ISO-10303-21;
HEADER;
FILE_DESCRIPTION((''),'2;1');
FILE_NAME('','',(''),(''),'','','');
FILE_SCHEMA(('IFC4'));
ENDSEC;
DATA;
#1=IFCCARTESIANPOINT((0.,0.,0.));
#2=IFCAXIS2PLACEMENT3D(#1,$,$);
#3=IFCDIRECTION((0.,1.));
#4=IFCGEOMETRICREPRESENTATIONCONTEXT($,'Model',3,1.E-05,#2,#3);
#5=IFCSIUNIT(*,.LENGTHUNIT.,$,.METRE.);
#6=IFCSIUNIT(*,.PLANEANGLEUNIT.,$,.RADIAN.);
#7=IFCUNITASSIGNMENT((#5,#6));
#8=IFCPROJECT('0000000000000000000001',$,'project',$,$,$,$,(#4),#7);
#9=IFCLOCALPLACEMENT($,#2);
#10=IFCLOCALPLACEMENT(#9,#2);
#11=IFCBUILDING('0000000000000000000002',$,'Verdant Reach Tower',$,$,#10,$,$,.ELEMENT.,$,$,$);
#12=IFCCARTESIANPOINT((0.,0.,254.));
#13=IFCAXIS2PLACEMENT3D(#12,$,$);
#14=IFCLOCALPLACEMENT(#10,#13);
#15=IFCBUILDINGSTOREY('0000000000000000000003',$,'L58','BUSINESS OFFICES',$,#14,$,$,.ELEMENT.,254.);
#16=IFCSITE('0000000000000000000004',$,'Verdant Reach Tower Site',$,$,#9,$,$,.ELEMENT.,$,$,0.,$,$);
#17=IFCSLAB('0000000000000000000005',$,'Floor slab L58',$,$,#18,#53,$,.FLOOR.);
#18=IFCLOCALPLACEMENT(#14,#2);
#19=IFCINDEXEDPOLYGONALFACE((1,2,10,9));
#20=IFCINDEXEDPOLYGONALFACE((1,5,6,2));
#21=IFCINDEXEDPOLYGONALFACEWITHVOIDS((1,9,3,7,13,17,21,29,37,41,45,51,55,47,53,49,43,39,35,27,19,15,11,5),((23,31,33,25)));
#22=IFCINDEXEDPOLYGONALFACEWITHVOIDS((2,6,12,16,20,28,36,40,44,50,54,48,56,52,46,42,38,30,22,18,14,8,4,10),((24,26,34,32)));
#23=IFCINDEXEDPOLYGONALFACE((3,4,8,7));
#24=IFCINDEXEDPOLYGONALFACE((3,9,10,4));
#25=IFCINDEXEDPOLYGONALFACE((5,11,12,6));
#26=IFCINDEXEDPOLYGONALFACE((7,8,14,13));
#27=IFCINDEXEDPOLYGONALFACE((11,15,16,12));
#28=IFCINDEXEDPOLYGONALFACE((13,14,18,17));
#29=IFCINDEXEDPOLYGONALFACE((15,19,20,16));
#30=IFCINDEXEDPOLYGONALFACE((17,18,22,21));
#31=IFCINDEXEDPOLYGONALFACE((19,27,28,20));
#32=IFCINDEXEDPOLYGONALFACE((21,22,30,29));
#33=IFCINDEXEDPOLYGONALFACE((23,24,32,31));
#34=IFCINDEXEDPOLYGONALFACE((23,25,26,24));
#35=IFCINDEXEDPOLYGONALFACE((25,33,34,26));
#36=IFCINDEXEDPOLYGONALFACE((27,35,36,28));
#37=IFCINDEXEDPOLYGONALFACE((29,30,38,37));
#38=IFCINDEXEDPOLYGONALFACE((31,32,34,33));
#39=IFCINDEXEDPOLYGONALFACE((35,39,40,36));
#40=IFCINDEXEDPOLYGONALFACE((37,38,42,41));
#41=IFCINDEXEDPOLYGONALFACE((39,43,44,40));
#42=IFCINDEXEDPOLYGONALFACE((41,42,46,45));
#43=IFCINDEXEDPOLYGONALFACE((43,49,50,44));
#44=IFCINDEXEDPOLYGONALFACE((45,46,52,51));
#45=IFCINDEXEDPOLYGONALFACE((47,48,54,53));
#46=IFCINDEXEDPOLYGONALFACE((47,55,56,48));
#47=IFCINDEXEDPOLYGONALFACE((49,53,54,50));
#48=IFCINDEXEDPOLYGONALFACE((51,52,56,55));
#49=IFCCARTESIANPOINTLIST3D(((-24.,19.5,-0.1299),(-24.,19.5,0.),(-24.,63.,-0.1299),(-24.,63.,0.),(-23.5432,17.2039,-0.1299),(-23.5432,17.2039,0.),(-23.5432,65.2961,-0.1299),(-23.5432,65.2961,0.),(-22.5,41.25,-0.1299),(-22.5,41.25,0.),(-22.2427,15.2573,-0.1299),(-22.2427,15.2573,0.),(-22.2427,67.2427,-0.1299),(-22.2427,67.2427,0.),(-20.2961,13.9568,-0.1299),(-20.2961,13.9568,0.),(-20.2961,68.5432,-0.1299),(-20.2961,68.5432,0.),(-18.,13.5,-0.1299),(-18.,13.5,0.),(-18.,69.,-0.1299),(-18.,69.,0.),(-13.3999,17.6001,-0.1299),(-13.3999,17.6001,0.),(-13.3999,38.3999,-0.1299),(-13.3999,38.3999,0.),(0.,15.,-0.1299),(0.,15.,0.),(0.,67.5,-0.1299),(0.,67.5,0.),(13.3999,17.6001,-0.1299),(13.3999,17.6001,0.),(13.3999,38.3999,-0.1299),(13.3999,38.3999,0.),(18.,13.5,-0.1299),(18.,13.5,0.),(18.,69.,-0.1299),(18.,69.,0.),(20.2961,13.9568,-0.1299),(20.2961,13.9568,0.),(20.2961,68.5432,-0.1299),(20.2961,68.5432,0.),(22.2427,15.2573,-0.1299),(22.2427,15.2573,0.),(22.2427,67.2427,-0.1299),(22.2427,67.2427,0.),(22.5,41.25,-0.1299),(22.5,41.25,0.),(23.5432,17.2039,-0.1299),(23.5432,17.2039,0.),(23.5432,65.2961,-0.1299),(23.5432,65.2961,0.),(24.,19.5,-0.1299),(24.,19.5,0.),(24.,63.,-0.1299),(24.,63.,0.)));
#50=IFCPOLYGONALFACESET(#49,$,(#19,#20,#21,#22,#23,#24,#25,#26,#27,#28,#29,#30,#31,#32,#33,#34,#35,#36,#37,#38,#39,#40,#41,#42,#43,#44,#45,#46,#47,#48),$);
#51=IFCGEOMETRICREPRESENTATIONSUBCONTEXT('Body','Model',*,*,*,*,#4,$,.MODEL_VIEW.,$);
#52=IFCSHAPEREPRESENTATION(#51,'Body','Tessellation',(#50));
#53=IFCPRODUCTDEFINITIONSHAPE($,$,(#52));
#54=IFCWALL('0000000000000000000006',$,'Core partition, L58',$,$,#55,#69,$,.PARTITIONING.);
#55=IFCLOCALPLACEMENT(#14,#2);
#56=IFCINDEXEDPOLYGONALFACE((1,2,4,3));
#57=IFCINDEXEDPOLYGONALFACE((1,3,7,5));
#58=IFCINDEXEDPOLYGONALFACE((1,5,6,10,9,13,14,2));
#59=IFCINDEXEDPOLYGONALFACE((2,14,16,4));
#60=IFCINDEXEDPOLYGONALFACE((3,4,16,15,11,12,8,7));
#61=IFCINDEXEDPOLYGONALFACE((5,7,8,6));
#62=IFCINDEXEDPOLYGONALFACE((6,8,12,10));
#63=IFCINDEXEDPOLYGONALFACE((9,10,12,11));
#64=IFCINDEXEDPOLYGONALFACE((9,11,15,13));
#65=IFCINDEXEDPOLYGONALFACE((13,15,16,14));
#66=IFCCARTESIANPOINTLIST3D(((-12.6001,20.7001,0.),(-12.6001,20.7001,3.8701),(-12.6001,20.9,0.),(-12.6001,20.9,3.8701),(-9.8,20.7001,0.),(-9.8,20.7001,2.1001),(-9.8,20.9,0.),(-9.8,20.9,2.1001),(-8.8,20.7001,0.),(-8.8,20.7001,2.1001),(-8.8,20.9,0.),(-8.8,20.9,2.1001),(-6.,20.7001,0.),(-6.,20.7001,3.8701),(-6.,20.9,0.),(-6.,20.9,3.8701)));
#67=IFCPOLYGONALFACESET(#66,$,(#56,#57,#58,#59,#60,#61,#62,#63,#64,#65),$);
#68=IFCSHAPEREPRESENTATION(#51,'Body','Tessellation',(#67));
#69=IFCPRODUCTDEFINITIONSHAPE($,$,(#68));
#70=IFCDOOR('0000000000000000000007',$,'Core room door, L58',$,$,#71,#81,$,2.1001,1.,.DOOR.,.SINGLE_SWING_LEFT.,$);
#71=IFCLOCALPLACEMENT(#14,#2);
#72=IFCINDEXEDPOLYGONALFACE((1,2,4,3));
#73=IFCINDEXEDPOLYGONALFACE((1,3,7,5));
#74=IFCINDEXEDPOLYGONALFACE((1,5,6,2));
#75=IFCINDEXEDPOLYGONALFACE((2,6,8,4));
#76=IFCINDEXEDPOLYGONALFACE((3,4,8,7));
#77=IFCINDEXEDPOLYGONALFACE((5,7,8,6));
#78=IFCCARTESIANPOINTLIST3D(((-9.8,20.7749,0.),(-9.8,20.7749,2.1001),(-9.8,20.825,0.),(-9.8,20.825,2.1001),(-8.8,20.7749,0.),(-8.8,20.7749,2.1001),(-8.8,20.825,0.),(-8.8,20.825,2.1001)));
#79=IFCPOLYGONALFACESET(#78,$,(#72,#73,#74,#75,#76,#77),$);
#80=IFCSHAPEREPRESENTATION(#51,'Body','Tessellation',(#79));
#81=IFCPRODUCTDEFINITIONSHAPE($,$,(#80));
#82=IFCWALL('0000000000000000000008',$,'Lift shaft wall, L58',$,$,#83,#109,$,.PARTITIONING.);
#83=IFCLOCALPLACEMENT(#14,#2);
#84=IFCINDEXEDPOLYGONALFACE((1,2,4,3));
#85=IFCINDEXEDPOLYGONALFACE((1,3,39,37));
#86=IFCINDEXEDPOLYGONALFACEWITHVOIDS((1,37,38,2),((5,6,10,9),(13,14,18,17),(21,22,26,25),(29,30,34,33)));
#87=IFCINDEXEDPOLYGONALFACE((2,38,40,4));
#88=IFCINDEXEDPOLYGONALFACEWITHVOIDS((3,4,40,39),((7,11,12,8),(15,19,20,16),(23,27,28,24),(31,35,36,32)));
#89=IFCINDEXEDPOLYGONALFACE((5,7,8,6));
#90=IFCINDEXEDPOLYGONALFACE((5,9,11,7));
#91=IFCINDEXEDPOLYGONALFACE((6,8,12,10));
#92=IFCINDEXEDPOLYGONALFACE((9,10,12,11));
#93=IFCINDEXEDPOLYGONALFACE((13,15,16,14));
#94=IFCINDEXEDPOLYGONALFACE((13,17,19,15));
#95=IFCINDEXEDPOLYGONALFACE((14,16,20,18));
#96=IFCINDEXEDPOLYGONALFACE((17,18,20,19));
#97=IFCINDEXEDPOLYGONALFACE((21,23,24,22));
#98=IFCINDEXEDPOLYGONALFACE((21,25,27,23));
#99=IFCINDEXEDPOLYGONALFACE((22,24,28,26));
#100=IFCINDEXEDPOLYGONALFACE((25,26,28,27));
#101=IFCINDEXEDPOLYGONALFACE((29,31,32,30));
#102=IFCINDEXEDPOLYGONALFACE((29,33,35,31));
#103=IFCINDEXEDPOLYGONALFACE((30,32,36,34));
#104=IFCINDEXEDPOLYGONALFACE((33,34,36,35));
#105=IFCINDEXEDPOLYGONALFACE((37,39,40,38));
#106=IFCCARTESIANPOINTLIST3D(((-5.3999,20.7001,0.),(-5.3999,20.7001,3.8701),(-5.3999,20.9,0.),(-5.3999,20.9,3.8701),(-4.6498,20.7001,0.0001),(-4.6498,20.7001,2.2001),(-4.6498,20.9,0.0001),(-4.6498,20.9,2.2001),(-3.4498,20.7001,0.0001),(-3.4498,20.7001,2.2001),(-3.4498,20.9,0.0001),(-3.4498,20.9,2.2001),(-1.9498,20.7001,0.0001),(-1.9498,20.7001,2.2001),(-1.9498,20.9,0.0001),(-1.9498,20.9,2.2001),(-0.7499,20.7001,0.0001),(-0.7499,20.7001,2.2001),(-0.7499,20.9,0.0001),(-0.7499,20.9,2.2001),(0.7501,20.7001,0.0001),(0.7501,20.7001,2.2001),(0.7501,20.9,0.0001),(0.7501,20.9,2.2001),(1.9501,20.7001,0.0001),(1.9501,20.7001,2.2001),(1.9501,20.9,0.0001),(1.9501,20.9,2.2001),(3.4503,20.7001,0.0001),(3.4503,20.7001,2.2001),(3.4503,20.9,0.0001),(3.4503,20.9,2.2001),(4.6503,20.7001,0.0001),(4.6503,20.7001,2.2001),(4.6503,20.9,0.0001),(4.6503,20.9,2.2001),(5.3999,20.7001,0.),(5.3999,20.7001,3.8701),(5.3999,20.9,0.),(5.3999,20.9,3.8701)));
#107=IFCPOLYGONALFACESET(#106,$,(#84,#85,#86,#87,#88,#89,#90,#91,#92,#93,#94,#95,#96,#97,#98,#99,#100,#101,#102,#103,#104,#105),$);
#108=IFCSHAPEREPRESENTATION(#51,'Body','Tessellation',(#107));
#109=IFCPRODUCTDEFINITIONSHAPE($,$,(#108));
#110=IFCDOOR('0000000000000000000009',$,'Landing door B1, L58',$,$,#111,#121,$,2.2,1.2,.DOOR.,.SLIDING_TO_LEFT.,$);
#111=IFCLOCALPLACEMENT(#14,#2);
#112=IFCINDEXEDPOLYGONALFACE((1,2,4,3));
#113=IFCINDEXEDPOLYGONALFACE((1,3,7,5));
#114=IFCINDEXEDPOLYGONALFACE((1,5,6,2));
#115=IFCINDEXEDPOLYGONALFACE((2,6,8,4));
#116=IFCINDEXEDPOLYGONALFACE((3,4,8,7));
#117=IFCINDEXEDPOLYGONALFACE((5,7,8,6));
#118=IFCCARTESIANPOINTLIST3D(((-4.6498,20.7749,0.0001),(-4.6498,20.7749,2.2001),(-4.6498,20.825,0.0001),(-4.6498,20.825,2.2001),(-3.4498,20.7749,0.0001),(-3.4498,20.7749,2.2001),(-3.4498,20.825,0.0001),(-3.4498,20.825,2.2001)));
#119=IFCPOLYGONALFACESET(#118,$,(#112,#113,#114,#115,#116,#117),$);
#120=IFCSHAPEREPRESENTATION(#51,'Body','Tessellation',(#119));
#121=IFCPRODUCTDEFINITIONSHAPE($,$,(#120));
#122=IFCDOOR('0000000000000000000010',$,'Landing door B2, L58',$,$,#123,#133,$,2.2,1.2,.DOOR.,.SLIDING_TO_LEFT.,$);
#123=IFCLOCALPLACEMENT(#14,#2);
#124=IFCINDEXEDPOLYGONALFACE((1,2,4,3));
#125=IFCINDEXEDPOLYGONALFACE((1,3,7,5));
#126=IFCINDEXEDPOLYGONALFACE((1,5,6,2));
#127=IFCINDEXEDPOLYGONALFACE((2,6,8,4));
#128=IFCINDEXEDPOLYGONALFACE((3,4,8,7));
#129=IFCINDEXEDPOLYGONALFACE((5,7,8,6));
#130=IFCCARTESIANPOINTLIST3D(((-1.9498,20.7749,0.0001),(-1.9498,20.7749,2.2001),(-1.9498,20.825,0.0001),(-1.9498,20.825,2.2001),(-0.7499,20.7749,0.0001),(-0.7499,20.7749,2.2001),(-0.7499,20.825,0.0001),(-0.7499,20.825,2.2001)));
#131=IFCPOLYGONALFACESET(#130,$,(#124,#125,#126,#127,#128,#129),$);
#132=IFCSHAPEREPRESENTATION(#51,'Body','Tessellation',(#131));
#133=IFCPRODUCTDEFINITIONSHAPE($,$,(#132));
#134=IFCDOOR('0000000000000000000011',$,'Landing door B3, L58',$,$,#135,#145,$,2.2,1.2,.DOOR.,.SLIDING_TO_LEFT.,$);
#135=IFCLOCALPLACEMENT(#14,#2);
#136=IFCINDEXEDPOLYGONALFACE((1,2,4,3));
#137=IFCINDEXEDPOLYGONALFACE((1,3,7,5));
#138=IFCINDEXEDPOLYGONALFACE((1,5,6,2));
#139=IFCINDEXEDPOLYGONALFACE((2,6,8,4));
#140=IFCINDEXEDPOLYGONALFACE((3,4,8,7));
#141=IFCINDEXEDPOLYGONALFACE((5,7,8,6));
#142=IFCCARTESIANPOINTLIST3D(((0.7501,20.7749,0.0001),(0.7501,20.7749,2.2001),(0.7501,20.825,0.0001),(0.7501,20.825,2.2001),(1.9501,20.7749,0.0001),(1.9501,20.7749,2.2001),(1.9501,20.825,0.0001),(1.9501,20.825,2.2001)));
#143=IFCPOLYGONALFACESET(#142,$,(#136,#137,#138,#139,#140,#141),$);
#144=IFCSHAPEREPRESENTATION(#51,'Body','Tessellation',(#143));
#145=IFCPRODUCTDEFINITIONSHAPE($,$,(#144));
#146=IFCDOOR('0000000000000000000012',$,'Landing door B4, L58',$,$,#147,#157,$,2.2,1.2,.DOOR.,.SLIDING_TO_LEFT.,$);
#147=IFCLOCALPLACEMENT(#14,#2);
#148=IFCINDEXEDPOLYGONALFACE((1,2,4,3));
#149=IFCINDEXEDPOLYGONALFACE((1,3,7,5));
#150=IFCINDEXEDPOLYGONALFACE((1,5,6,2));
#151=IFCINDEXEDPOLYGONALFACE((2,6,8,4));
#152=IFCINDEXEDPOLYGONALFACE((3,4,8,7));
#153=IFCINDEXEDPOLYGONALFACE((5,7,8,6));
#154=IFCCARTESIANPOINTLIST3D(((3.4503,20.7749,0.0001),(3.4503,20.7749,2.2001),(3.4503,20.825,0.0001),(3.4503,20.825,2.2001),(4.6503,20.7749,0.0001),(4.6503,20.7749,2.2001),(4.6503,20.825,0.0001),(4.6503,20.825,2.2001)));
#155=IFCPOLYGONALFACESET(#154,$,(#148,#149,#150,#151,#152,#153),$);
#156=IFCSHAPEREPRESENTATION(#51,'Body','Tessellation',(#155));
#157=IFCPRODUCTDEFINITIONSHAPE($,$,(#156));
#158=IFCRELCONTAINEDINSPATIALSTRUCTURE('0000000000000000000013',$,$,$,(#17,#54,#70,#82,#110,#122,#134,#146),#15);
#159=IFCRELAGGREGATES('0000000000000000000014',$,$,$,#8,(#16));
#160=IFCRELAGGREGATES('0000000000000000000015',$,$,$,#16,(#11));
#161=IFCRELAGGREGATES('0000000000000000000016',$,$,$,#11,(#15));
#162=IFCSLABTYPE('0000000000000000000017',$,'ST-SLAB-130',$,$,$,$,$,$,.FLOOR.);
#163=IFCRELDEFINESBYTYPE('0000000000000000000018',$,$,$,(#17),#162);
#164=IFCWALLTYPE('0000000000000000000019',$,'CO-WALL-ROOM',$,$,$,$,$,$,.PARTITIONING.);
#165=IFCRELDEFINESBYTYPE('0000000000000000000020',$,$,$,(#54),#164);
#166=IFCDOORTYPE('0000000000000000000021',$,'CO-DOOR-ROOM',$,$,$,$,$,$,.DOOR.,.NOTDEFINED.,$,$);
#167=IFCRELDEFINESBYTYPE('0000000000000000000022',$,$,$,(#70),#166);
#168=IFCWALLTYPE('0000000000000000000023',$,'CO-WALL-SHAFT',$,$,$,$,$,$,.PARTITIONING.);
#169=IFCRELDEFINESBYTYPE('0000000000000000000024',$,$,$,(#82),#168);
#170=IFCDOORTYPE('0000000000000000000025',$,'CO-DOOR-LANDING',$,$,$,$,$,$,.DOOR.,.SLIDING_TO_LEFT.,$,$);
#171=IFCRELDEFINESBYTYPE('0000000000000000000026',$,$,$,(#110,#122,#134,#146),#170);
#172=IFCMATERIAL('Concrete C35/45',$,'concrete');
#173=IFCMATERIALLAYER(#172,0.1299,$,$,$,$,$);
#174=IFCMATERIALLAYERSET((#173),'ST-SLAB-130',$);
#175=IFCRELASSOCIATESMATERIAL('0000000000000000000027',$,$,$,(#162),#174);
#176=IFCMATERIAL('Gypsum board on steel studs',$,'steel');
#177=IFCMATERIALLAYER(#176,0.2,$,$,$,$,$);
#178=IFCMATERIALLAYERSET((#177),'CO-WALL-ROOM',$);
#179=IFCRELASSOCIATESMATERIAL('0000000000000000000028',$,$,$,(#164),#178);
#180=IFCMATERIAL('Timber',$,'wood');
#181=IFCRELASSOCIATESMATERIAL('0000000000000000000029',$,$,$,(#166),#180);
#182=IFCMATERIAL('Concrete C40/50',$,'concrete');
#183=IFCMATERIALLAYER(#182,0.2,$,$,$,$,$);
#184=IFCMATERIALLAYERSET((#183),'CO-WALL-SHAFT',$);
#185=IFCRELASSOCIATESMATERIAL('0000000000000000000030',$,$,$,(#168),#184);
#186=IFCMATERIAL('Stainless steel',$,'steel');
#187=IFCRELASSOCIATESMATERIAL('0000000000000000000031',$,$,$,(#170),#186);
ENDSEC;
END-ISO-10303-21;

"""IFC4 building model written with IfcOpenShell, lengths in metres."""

from ifc_helpers import new_model, si_unit, direction, frame, frame_2d, origin, place, context, subcontext, project, spatial, polyline, rectangle, outline, extrude, material, layer, layer_set, type_object, element, fill, save


model = new_model("IFC4")

# Units and contexts
model_context = context("Model", 3, precision=1e-05, world=origin(), true_north=direction((0.0, 1.0)))
body_context = subcontext(model_context, "Body", "Model", "MODEL_VIEW")
ifc_project = project(units=[si_unit("LENGTHUNIT", "METRE"), si_unit("PLANEANGLEUNIT", "RADIAN")], contexts=[model_context])

# Site, building, storey
site_placement = place(None, origin())
site = spatial("IfcSite", under=ifc_project, at=site_placement, Name="Verdant Reach Tower Site", CompositionType="ELEMENT", RefElevation=0.0)
building_placement = place(site_placement, origin())
building = spatial("IfcBuilding", under=site, at=building_placement, Name="Verdant Reach Tower", CompositionType="ELEMENT")
storey_placement = place(building_placement, frame((0.0, 0.0, 254.0)))
storey = spatial("IfcBuildingStorey", under=building, at=storey_placement, Name="L58", Description="BUSINESS OFFICES", CompositionType="ELEMENT", Elevation=254.0)

# Slab
ifc_material_1 = material(Name="Concrete C35/45", Category="concrete")
ifc_layer_1 = layer(ifc_material_1, 0.1299)
ifc_layer_set_1 = layer_set([ifc_layer_1], Name="ST-SLAB-130")
slab_type = type_object("IfcSlabType", Name="ST-SLAB-130", PredefinedType="FLOOR", material=ifc_layer_set_1)
slab_placement = place(storey_placement, frame((0.0, 0.0, -0.1299)))
element("IfcSlab", 1, at=slab_placement, inside=storey, type_object=slab_type, Name="Floor slab L58", PredefinedType="FLOOR", context=body_context, shape_type="SweptSolid", body=[
    extrude(outline(polyline([(0.0, 15.0), (-18.0, 13.5), (-20.2961, 13.9568), (-22.2427, 15.2573), (-23.5432, 17.2039), (-24.0, 19.5), (-22.5, 41.25), (-24.0, 63.0), (-23.5432, 65.2961), (-22.2427, 67.2427), (-20.2961, 68.5432), (-18.0, 69.0), (0.0, 67.5), (18.0, 69.0), (20.2961, 68.5432), (22.2427, 67.2427), (23.5432, 65.2961), (24.0, 63.0), (22.5, 41.25), (24.0, 19.5), (23.5432, 17.2039), (22.2427, 15.2573), (20.2961, 13.9568), (18.0, 13.5), (0.0, 15.0)]), holes=[polyline([(13.3999, 38.3999), (-13.3999, 38.3999), (-13.3999, 17.6001), (13.3999, 17.6001), (13.3999, 38.3999)])]), origin(), (0.0, 0.0, 1.0), 0.1299),
])

# Wall, opening, door
ifc_material_2 = material(Name="Gypsum board on steel studs", Category="steel")
ifc_layer_2 = layer(ifc_material_2, 0.2)
ifc_layer_set_2 = layer_set([ifc_layer_2], Name="CO-WALL-ROOM")
wall_type_1 = type_object("IfcWallType", Name="CO-WALL-ROOM", PredefinedType="PARTITIONING", material=ifc_layer_set_2)
wall_1_placement = place(storey_placement, frame((-12.6001, 20.8, 0.0), z_axis=(0.0, 0.0, 1.0), x_axis=(1.0, 0.0, 0.0)))
wall_1 = element("IfcWall", 2, at=wall_1_placement, inside=storey, type_object=wall_type_1, Name="Core partition, L58", PredefinedType="PARTITIONING", context=body_context, shape_type="SweptSolid", body=[
    extrude(rectangle(XDim=6.6001, YDim=0.2, at=frame_2d((3.3, 0.0))), origin(), (0.0, 0.0, 1.0), 3.8701),
])
opening_1_placement = place(wall_1_placement, frame((2.8, 0.0, 0.0)))
opening_1 = element("IfcOpeningElement", 3, at=opening_1_placement, cuts=wall_1, PredefinedType="OPENING", context=body_context, shape_type="SweptSolid", body=[
    extrude(rectangle(XDim=1.0, YDim=2.1001, at=frame_2d((0.5, 1.05))), frame((0.0, 0.1099, 0.0), z_axis=(0.0, -1.0, 0.0), x_axis=(1.0, 0.0, 0.0)), (0.0, 0.0, 1.0), 0.22),
])
ifc_material_3 = material(Name="Timber", Category="wood")
door_type_1 = type_object("IfcDoorType", Name="CO-DOOR-ROOM", OperationType="NOTDEFINED", PredefinedType="DOOR", material=ifc_material_3)
door_1_placement = place(opening_1_placement, origin())
door_1 = element("IfcDoor", 4, at=door_1_placement, inside=storey, type_object=door_type_1, Name="Core room door, L58", OperationType="SINGLE_SWING_LEFT", OverallHeight=2.1001, OverallWidth=1.0, PredefinedType="DOOR", context=body_context, shape_type="SweptSolid", body=[
    extrude(rectangle(XDim=1.0, YDim=2.1001, at=frame_2d((0.5, 1.05))), frame((0.0, 0.0249, 0.0), z_axis=(0.0, -1.0, 0.0), x_axis=(1.0, 0.0, 0.0)), (0.0, 0.0, 1.0), 0.05),
])
fill(opening_1, door_1)

# Wall, openings, doors
ifc_material_4 = material(Name="Concrete C40/50", Category="concrete")
ifc_layer_3 = layer(ifc_material_4, 0.2)
ifc_layer_set_3 = layer_set([ifc_layer_3], Name="CO-WALL-SHAFT")
wall_type_2 = type_object("IfcWallType", Name="CO-WALL-SHAFT", PredefinedType="PARTITIONING", material=ifc_layer_set_3)
wall_2_placement = place(storey_placement, frame((-5.3999, 20.8, 0.0), z_axis=(0.0, 0.0, 1.0), x_axis=(1.0, 0.0, 0.0)))
wall_2 = element("IfcWall", 5, at=wall_2_placement, inside=storey, type_object=wall_type_2, Name="Lift shaft wall, L58", PredefinedType="PARTITIONING", context=body_context, shape_type="SweptSolid", body=[
    extrude(rectangle(XDim=10.7998, YDim=0.2, at=frame_2d((5.3999, 0.0))), origin(), (0.0, 0.0, 1.0), 3.8701),
])
opening_2_placement = place(wall_2_placement, frame((0.75, 0.0, 0.0)))
opening_2 = element("IfcOpeningElement", 6, at=opening_2_placement, cuts=wall_2, PredefinedType="OPENING", context=body_context, shape_type="SweptSolid", body=[
    extrude(rectangle(XDim=1.2, YDim=2.2, at=frame_2d((0.6001, 1.1001))), frame((0.0, 0.1099, 0.0), z_axis=(0.0, -1.0, 0.0), x_axis=(1.0, 0.0, 0.0)), (0.0, 0.0, 1.0), 0.22),
])
opening_3_placement = place(wall_2_placement, frame((3.45, 0.0, 0.0)))
opening_3 = element("IfcOpeningElement", 7, at=opening_3_placement, cuts=wall_2, PredefinedType="OPENING", context=body_context, shape_type="SweptSolid", body=[
    extrude(rectangle(XDim=1.2, YDim=2.2, at=frame_2d((0.6001, 1.1001))), frame((0.0, 0.1099, 0.0), z_axis=(0.0, -1.0, 0.0), x_axis=(1.0, 0.0, 0.0)), (0.0, 0.0, 1.0), 0.22),
])
opening_4_placement = place(wall_2_placement, frame((6.1499, 0.0, 0.0)))
opening_4 = element("IfcOpeningElement", 8, at=opening_4_placement, cuts=wall_2, PredefinedType="OPENING", context=body_context, shape_type="SweptSolid", body=[
    extrude(rectangle(XDim=1.2, YDim=2.2, at=frame_2d((0.6001, 1.1001))), frame((0.0, 0.1099, 0.0), z_axis=(0.0, -1.0, 0.0), x_axis=(1.0, 0.0, 0.0)), (0.0, 0.0, 1.0), 0.22),
])
opening_5_placement = place(wall_2_placement, frame((8.8501, 0.0, 0.0)))
opening_5 = element("IfcOpeningElement", 9, at=opening_5_placement, cuts=wall_2, PredefinedType="OPENING", context=body_context, shape_type="SweptSolid", body=[
    extrude(rectangle(XDim=1.2, YDim=2.2, at=frame_2d((0.6001, 1.1001))), frame((0.0, 0.1099, 0.0), z_axis=(0.0, -1.0, 0.0), x_axis=(1.0, 0.0, 0.0)), (0.0, 0.0, 1.0), 0.22),
])
ifc_material_5 = material(Name="Stainless steel", Category="steel")
door_type_2 = type_object("IfcDoorType", Name="CO-DOOR-LANDING", OperationType="SLIDING_TO_LEFT", PredefinedType="DOOR", material=ifc_material_5)
door_2_placement = place(opening_2_placement, origin())
door_2 = element("IfcDoor", 10, at=door_2_placement, inside=storey, type_object=door_type_2, Name="Landing door B1, L58", OperationType="SLIDING_TO_LEFT", OverallHeight=2.2, OverallWidth=1.2, PredefinedType="DOOR", context=body_context, shape_type="SweptSolid", body=[
    extrude(rectangle(XDim=1.2, YDim=2.2, at=frame_2d((0.6001, 1.1001))), frame((0.0, 0.0249, 0.0), z_axis=(0.0, -1.0, 0.0), x_axis=(1.0, 0.0, 0.0)), (0.0, 0.0, 1.0), 0.05),
])
fill(opening_2, door_2)
door_3_placement = place(opening_3_placement, origin())
door_3 = element("IfcDoor", 11, at=door_3_placement, inside=storey, type_object=door_type_2, Name="Landing door B2, L58", OperationType="SLIDING_TO_LEFT", OverallHeight=2.2, OverallWidth=1.2, PredefinedType="DOOR", context=body_context, shape_type="SweptSolid", body=[
    extrude(rectangle(XDim=1.2, YDim=2.2, at=frame_2d((0.6001, 1.1001))), frame((0.0, 0.0249, 0.0), z_axis=(0.0, -1.0, 0.0), x_axis=(1.0, 0.0, 0.0)), (0.0, 0.0, 1.0), 0.05),
])
fill(opening_3, door_3)
door_4_placement = place(opening_4_placement, origin())
door_4 = element("IfcDoor", 12, at=door_4_placement, inside=storey, type_object=door_type_2, Name="Landing door B3, L58", OperationType="SLIDING_TO_LEFT", OverallHeight=2.2, OverallWidth=1.2, PredefinedType="DOOR", context=body_context, shape_type="SweptSolid", body=[
    extrude(rectangle(XDim=1.2, YDim=2.2, at=frame_2d((0.6001, 1.1001))), frame((0.0, 0.0249, 0.0), z_axis=(0.0, -1.0, 0.0), x_axis=(1.0, 0.0, 0.0)), (0.0, 0.0, 1.0), 0.05),
])
fill(opening_4, door_4)
door_5_placement = place(opening_5_placement, origin())
door_5 = element("IfcDoor", 13, at=door_5_placement, inside=storey, type_object=door_type_2, Name="Landing door B4, L58", OperationType="SLIDING_TO_LEFT", OverallHeight=2.2, OverallWidth=1.2, PredefinedType="DOOR", context=body_context, shape_type="SweptSolid", body=[
    extrude(rectangle(XDim=1.2, YDim=2.2, at=frame_2d((0.6001, 1.1001))), frame((0.0, 0.0249, 0.0), z_axis=(0.0, -1.0, 0.0), x_axis=(1.0, 0.0, 0.0)), (0.0, 0.0, 1.0), 0.05),
])
fill(opening_5, door_5)

save(model, "model.ifc")
